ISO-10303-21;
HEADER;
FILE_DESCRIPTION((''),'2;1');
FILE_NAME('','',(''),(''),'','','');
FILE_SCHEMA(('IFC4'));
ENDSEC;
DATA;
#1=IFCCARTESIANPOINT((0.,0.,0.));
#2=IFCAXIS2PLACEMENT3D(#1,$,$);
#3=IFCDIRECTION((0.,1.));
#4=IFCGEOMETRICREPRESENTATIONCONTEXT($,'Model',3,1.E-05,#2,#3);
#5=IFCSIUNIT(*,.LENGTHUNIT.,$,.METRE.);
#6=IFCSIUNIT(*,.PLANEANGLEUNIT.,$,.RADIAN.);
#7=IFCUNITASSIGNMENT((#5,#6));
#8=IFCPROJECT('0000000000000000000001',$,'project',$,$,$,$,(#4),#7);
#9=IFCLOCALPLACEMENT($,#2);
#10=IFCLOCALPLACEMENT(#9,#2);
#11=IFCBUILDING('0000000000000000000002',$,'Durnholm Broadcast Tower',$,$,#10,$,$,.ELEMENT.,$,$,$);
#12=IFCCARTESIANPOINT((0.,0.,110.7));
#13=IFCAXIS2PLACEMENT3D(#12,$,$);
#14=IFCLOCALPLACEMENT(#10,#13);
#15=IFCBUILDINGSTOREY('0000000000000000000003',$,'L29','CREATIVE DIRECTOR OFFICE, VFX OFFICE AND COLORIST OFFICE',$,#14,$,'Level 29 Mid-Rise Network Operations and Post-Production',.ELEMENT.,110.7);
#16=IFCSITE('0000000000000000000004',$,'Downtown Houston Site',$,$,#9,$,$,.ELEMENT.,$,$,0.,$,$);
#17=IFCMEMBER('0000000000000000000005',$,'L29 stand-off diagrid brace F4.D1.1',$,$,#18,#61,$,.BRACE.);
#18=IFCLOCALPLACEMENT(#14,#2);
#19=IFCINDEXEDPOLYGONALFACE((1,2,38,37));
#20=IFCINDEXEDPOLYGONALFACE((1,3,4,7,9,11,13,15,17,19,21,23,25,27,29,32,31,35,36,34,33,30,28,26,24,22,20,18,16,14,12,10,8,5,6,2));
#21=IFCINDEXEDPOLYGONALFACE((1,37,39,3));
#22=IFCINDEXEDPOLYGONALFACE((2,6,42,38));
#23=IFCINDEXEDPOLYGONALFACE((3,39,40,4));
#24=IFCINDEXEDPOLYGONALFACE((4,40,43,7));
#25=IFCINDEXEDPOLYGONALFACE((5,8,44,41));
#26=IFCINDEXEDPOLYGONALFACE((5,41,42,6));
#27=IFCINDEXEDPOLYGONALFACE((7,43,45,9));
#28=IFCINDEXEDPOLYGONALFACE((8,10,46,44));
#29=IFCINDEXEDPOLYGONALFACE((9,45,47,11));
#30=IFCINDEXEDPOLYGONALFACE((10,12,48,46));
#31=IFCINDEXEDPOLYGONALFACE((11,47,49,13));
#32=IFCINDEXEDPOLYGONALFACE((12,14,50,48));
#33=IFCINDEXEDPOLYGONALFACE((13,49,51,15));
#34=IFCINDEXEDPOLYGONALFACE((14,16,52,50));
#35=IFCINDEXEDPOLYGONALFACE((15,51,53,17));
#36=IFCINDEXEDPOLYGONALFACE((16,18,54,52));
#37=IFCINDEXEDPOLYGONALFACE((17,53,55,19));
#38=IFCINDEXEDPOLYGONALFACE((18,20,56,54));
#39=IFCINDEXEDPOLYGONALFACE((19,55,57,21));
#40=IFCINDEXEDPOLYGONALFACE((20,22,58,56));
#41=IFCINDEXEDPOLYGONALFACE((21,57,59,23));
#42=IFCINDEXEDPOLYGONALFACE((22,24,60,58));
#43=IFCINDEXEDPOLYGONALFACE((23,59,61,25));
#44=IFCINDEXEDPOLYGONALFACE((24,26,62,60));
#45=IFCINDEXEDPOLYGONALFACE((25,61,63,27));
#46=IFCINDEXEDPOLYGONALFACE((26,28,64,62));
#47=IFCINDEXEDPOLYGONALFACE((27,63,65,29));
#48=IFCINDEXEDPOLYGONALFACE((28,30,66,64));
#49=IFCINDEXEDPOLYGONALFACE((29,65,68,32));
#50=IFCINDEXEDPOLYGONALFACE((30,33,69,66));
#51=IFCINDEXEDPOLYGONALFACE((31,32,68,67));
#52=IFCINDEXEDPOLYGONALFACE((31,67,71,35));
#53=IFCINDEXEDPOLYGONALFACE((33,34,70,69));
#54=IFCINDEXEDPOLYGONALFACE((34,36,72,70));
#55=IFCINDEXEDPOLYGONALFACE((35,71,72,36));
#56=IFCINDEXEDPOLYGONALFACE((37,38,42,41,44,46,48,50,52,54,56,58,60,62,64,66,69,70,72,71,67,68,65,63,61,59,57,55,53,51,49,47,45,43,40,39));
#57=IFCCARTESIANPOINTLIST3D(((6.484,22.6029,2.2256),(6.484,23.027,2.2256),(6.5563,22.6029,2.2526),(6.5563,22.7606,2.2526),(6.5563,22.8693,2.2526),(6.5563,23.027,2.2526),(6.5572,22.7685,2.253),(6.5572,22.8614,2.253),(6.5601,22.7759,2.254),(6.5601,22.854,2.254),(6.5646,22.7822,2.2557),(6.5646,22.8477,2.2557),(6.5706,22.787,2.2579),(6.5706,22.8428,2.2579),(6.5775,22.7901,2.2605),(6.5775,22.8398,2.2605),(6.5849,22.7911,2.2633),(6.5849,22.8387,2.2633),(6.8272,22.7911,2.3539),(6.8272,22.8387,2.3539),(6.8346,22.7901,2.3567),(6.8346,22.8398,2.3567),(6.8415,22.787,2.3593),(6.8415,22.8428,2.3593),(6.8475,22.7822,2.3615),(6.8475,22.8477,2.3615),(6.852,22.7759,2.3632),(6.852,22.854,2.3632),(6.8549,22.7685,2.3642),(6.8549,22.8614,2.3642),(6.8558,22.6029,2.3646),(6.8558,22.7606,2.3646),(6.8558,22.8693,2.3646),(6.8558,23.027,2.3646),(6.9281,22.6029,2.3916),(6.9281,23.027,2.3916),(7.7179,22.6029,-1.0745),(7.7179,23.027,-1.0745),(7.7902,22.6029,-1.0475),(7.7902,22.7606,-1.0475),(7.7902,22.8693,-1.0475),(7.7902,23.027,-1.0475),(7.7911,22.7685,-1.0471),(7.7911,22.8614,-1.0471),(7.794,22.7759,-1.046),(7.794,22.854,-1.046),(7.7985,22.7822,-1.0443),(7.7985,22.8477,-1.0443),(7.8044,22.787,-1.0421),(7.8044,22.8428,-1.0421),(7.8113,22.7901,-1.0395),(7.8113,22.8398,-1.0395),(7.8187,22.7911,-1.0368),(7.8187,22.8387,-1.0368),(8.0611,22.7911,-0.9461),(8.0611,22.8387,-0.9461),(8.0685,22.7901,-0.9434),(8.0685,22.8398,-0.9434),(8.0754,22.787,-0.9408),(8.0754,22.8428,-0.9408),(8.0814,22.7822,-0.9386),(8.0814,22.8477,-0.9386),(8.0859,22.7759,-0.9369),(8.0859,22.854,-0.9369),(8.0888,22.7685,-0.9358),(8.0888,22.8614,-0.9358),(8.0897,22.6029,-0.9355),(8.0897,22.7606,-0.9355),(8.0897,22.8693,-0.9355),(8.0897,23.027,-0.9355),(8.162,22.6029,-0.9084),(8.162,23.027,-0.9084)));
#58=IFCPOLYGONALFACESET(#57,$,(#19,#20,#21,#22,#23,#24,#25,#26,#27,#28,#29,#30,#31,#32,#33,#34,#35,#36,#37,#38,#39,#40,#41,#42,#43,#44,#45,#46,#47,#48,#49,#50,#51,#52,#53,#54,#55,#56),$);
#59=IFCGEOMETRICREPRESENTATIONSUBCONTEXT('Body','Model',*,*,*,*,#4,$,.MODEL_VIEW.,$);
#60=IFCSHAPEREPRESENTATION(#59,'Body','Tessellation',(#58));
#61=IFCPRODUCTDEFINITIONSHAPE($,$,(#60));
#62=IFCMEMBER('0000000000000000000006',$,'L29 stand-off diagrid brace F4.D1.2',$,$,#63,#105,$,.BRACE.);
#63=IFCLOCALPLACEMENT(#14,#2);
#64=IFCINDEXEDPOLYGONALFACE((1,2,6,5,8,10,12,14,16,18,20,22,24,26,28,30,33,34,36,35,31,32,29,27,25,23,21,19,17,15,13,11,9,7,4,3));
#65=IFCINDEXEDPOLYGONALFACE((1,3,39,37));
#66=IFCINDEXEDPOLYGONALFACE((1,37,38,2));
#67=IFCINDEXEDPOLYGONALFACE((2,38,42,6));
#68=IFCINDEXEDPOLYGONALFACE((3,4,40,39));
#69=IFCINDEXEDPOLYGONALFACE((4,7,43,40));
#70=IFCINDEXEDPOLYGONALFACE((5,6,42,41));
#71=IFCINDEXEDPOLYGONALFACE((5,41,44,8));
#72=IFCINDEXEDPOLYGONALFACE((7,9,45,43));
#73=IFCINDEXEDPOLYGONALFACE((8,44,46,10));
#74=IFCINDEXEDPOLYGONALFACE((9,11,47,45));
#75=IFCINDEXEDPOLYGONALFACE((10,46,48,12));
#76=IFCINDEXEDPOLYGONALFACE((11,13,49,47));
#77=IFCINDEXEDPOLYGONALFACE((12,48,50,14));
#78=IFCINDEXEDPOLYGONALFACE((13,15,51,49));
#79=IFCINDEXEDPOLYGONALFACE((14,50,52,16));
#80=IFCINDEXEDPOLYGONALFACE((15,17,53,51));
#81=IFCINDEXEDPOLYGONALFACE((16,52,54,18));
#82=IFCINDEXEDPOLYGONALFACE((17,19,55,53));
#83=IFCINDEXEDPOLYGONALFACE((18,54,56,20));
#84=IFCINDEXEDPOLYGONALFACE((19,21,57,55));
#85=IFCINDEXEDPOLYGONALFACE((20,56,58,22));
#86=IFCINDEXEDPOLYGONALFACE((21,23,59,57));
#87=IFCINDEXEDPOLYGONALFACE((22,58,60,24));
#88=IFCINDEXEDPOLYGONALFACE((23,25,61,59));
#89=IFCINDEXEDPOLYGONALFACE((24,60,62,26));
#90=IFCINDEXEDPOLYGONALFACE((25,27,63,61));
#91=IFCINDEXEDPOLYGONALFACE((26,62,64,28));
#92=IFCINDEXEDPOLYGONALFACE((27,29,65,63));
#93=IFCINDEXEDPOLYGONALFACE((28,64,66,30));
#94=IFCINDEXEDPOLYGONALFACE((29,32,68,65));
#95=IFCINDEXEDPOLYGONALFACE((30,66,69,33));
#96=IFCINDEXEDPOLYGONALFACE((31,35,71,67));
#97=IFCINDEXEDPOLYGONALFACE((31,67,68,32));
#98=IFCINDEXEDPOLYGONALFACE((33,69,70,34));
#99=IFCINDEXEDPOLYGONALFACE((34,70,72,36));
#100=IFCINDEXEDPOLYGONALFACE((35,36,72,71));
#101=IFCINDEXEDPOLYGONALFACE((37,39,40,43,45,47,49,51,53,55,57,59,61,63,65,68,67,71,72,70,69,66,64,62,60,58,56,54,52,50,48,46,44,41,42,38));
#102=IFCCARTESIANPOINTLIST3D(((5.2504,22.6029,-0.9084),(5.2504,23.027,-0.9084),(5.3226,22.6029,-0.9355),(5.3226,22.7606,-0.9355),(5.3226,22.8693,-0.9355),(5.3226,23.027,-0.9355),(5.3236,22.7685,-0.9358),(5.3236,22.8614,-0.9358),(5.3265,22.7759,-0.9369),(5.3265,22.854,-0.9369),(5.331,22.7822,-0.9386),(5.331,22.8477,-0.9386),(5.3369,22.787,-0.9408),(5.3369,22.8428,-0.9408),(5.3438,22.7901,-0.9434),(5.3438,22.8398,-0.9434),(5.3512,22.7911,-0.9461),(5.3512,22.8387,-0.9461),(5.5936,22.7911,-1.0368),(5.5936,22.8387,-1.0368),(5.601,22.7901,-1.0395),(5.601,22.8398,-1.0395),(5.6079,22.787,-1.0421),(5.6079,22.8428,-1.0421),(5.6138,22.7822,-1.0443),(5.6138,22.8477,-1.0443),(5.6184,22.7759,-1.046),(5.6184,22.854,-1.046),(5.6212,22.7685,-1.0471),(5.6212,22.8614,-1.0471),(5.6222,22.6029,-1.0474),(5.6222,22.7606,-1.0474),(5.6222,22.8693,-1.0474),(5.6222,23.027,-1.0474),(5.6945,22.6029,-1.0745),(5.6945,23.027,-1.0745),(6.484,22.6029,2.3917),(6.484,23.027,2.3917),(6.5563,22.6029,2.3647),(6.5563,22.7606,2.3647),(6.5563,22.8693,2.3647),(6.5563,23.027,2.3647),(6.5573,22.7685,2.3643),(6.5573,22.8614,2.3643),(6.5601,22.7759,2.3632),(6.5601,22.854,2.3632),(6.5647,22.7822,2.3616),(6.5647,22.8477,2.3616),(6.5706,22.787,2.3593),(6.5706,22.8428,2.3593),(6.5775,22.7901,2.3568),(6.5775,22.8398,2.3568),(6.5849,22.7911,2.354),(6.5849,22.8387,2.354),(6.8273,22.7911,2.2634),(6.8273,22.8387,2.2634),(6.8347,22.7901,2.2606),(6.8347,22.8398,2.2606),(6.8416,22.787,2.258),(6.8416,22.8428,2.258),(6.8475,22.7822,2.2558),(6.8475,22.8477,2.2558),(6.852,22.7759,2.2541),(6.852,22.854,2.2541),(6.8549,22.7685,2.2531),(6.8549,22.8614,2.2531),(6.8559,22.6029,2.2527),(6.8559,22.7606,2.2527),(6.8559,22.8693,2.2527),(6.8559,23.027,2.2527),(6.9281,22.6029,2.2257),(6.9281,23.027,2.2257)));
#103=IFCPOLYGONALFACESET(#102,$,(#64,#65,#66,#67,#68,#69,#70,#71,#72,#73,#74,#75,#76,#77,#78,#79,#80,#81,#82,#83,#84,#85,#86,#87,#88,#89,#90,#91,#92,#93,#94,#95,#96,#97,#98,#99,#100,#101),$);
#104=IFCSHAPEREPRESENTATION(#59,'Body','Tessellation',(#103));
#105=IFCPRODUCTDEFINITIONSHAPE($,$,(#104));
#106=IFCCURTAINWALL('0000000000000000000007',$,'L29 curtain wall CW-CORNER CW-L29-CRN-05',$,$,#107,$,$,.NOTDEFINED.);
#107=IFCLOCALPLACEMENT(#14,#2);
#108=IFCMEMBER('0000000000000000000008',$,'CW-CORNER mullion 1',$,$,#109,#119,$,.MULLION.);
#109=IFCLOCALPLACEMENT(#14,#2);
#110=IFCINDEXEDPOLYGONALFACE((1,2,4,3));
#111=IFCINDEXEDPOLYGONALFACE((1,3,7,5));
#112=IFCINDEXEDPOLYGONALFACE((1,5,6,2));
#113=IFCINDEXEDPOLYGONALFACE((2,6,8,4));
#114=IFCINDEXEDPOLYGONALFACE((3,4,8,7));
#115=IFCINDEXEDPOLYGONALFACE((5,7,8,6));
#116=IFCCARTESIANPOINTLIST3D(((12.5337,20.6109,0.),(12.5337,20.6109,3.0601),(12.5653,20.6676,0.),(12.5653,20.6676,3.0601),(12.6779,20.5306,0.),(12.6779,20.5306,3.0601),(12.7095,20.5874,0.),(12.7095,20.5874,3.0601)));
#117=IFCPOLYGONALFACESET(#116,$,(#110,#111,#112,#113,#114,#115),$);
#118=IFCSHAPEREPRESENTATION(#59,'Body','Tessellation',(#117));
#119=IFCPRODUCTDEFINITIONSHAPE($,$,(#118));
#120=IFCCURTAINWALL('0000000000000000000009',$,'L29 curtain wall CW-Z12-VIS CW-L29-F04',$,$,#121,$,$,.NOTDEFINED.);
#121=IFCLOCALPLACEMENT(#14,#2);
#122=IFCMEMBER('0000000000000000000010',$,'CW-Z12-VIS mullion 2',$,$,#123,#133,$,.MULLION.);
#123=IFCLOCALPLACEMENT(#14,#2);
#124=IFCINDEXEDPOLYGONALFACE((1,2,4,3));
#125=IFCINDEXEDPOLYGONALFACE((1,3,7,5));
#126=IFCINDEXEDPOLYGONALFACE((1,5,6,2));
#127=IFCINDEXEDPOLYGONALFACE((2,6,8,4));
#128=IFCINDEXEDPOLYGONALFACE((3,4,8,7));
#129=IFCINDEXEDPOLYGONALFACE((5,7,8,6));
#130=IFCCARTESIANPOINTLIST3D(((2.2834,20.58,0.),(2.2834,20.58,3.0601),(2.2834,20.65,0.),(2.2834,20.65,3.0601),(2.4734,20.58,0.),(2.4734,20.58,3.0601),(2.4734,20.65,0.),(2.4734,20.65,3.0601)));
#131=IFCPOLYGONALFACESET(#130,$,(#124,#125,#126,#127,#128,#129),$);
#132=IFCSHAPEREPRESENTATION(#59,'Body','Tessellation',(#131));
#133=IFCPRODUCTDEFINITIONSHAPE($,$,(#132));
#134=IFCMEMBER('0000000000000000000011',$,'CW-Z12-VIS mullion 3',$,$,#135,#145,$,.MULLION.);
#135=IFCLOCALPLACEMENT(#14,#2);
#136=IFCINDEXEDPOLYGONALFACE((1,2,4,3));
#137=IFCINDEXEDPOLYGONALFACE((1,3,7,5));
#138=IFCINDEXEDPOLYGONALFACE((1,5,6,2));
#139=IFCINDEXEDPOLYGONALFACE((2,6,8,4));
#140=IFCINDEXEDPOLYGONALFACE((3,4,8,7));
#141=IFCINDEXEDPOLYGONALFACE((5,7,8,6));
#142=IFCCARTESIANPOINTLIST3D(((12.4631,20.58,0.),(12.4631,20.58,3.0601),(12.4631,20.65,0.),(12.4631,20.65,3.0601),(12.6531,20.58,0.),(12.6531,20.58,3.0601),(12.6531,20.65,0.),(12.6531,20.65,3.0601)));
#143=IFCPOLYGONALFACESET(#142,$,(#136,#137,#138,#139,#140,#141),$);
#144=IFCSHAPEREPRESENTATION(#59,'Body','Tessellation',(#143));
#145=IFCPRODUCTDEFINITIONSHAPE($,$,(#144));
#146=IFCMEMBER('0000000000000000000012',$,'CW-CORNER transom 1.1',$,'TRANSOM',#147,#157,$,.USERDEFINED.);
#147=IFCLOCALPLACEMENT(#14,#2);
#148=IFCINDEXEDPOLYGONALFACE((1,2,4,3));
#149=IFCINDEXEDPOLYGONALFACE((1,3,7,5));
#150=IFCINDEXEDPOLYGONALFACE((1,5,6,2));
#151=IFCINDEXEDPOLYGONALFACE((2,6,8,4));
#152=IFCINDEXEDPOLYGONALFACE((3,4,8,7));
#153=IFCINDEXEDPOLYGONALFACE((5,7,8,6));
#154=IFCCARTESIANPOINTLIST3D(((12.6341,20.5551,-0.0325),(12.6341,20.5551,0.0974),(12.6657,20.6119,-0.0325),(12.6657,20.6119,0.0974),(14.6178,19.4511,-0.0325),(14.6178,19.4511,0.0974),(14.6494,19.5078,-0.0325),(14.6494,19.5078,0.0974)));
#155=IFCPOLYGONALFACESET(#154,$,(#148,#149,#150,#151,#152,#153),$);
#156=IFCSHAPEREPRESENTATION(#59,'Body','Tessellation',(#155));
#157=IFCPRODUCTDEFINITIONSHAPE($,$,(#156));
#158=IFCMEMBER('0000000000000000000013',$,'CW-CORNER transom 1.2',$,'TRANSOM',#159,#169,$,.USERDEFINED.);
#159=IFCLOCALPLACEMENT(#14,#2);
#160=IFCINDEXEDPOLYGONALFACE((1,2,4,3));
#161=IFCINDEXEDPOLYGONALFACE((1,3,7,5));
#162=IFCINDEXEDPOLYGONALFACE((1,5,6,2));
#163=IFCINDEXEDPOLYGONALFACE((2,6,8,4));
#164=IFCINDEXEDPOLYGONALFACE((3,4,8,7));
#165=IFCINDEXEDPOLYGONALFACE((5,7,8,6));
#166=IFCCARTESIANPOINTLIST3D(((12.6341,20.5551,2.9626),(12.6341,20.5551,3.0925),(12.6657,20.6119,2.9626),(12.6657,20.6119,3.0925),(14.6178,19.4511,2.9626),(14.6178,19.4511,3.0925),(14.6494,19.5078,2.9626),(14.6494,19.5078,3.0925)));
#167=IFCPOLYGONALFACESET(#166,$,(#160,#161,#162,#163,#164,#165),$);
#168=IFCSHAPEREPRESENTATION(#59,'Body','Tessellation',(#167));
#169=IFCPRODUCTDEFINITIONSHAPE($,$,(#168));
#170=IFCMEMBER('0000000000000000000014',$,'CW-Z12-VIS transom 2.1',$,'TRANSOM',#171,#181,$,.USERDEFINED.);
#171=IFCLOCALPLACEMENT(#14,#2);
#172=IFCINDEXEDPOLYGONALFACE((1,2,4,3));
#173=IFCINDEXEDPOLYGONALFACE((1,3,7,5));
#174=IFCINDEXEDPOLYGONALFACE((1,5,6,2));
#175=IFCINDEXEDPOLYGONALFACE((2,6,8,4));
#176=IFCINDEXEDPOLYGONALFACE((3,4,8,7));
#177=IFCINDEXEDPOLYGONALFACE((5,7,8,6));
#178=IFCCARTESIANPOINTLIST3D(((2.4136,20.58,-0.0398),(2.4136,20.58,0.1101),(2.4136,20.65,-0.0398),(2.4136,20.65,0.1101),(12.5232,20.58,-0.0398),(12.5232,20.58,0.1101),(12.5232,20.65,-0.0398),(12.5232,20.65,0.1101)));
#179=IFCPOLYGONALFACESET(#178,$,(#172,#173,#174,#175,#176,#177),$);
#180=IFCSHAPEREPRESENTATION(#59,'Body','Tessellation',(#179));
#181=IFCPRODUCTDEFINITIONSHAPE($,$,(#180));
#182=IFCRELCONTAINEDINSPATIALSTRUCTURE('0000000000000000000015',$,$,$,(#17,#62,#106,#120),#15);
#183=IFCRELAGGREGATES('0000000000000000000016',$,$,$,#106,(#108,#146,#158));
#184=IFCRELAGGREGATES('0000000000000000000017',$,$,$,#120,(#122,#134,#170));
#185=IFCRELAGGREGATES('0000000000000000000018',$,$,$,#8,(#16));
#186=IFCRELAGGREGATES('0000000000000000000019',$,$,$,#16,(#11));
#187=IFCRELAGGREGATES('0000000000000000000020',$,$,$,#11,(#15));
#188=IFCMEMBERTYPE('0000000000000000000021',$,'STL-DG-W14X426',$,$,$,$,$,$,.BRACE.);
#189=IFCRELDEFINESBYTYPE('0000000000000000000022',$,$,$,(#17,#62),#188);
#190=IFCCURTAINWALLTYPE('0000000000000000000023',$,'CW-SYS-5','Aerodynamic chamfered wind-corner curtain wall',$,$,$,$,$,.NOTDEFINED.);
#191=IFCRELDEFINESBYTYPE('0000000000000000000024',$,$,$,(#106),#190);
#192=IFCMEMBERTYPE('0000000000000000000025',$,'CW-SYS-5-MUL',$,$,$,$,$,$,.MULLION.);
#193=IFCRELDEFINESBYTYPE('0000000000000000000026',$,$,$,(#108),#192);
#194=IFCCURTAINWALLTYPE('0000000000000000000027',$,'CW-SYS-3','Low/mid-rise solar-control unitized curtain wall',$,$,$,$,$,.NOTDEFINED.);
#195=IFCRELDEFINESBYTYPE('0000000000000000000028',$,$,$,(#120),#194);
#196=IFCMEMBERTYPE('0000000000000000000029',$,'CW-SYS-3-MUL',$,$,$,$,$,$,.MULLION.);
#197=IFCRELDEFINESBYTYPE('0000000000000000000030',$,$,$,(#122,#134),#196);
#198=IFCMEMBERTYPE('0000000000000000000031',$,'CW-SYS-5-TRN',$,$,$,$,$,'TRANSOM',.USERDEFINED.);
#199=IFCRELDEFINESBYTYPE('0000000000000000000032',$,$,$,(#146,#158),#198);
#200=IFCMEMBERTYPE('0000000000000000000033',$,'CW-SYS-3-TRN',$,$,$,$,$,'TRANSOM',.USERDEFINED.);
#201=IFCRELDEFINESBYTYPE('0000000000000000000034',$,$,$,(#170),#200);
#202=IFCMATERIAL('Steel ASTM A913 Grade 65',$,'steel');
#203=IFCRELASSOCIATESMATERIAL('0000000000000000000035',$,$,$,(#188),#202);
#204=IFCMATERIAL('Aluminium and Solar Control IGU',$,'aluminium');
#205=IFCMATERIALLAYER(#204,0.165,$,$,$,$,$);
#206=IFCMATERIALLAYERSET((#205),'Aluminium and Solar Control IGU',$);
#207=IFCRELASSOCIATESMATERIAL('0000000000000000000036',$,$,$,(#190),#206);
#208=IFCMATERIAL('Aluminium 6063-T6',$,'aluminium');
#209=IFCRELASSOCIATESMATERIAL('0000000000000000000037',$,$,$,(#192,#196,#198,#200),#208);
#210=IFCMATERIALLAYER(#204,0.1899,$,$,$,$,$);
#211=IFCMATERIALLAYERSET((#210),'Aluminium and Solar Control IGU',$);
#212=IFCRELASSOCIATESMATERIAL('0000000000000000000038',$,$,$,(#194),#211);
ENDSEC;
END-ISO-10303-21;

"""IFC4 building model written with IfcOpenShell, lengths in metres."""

from ifc_helpers import new_model, si_unit, direction, frame, origin, origin_2d, place, context, subcontext, project, spatial, rectangle, i_section, extrude, source, transform, mapped, material, layer, layer_set, material_profile, profile_set, type_object, type_shapes, element, aggregate, save


model = new_model("IFC4")

# Units and contexts
model_context = context("Model", 3, precision=1e-05, world=origin(), true_north=direction((0.0, 1.0)))
body_context = subcontext(model_context, "Body", "Model", "MODEL_VIEW")
ifc_project = project(units=[si_unit("LENGTHUNIT", "METRE"), si_unit("PLANEANGLEUNIT", "RADIAN")], contexts=[model_context])

# Site, building, storey
site_placement = place(None, origin())
site = spatial("IfcSite", under=ifc_project, at=site_placement, Name="Downtown Houston Site", CompositionType="ELEMENT", RefElevation=0.0)
building_placement = place(site_placement, origin())
building = spatial("IfcBuilding", under=site, at=building_placement, Name="Durnholm Broadcast Tower", CompositionType="ELEMENT")
storey_placement = place(building_placement, frame((0.0, 0.0, 110.7)))
storey = spatial("IfcBuildingStorey", under=building, at=storey_placement, Name="L29", Description="CREATIVE DIRECTOR OFFICE, VFX OFFICE AND COLORIST OFFICE", LongName="Level 29 Mid-Rise Network Operations and Post-Production", CompositionType="ELEMENT", Elevation=110.7)

# Members
ifc_material_1 = material(Name="Steel ASTM A913 Grade 65", Category="steel")
ifc_material_profile_1 = material_profile(ifc_material_1, i_section(OverallWidth=0.4241, OverallDepth=0.4741, WebThickness=0.0476, FlangeThickness=0.0771, FilletRadius=0.0305, at=origin_2d()), Name="W14X426")
ifc_profile_set_1 = profile_set([ifc_material_profile_1], Name="Steel ASTM A913 Grade 65")
member_type_1 = type_object("IfcMemberType", Name="STL-DG-W14X426", PredefinedType="BRACE", material=ifc_profile_set_1)
shared_shape_1 = source(origin(), body_context, "Body", "SweptSolid", [
    extrude(i_section(OverallWidth=0.4241, OverallDepth=0.4741, WebThickness=0.0476, FlangeThickness=0.0771, FilletRadius=0.0305, at=origin_2d()), origin(), (0.0, 0.0, 1.0), 3.5232),
])
type_shapes(member_type_1, [shared_shape_1])
for number, where, z_axis, x_axis, name in (
    (1, (7.9399, 22.8149, -0.9915), (-0.35022, 0.0, 0.936668), (0.0, -1.0, 0.0), "L29 stand-off diagrid brace F4.D1.1"),
    (2, (5.4724, 22.8149, -0.9915), (0.350159, 0.0, 0.93669), (0.0, 1.0, 0.0), "L29 stand-off diagrid brace F4.D1.2"),
):
    element("IfcMember", number, at=place(storey_placement, frame(where, z_axis=z_axis, x_axis=x_axis)), inside=storey, type_object=member_type_1, Name=name, PredefinedType="BRACE", context=body_context, shape_type="MappedRepresentation", body=[
        mapped(shared_shape_1, transform((0.0, 0.0, 0.0), x_axis=(1.0, 0.0, 0.0), y_axis=(0.0, 1.0, 0.0), z_axis=(0.0, 0.0, 1.0), scale=1.0)),
    ])

# Curtain wall, member
ifc_material_2 = material(Name="Aluminium and Solar Control IGU", Category="aluminium")
ifc_layer_1 = layer(ifc_material_2, 0.165)
ifc_layer_set_1 = layer_set([ifc_layer_1], Name="Aluminium and Solar Control IGU")
curtain_wall_type_1 = type_object("IfcCurtainWallType", Name="CW-SYS-5", Description="Aerodynamic chamfered wind-corner curtain wall", PredefinedType="NOTDEFINED", material=ifc_layer_set_1)
curtain_wall_1_placement = place(storey_placement, origin())
curtain_wall_1 = element("IfcCurtainWall", 3, at=curtain_wall_1_placement, inside=storey, type_object=curtain_wall_type_1, Name="L29 curtain wall CW-CORNER CW-L29-CRN-05", PredefinedType="NOTDEFINED")
ifc_material_3 = material(Name="Aluminium 6063-T6", Category="aluminium")
ifc_material_profile_2 = material_profile(ifc_material_3, rectangle(XDim=0.0649, YDim=0.165, at=origin_2d()), Name="CWM65X165")
ifc_profile_set_2 = profile_set([ifc_material_profile_2], Name="Aluminium 6063-T6")
member_type_2 = type_object("IfcMemberType", Name="CW-SYS-5-MUL", PredefinedType="MULLION", material=ifc_profile_set_2)
shared_shape_2 = source(origin(), body_context, "Body", "SweptSolid", [
    extrude(rectangle(XDim=0.0649, YDim=0.165, at=origin_2d()), origin(), (0.0, 0.0, 1.0), 3.0601),
])
type_shapes(member_type_2, [shared_shape_2])
member_1_placement = place(storey_placement, frame((12.6216, 20.5991, 0.0), z_axis=(0.0, 0.0, 1.0), x_axis=(0.486244, 0.873823, 0.0)))
member_1 = element("IfcMember", 4, at=member_1_placement, type_object=member_type_2, Name="CW-CORNER mullion 1", PredefinedType="MULLION", context=body_context, shape_type="MappedRepresentation", body=[
    mapped(shared_shape_2, transform((0.0, 0.0, 0.0), x_axis=(1.0, 0.0, 0.0), y_axis=(0.0, 1.0, 0.0), z_axis=(0.0, 0.0, 1.0), scale=1.0)),
])

# Curtain wall, members
ifc_layer_2 = layer(ifc_material_2, 0.1899)
ifc_layer_set_2 = layer_set([ifc_layer_2], Name="Aluminium and Solar Control IGU")
curtain_wall_type_2 = type_object("IfcCurtainWallType", Name="CW-SYS-3", Description="Low/mid-rise solar-control unitized curtain wall", PredefinedType="NOTDEFINED", material=ifc_layer_set_2)
curtain_wall_2_placement = place(storey_placement, origin())
curtain_wall_2 = element("IfcCurtainWall", 5, at=curtain_wall_2_placement, inside=storey, type_object=curtain_wall_type_2, Name="L29 curtain wall CW-Z12-VIS CW-L29-F04", PredefinedType="NOTDEFINED")
ifc_material_profile_3 = material_profile(ifc_material_3, rectangle(XDim=0.0701, YDim=0.1899, at=origin_2d()), Name="CWM70X190")
ifc_profile_set_3 = profile_set([ifc_material_profile_3], Name="Aluminium 6063-T6")
member_type_3 = type_object("IfcMemberType", Name="CW-SYS-3-MUL", PredefinedType="MULLION", material=ifc_profile_set_3)
shared_shape_3 = source(origin(), body_context, "Body", "SweptSolid", [
    extrude(rectangle(XDim=0.0701, YDim=0.1899, at=origin_2d()), origin(), (0.0, 0.0, 1.0), 3.0601),
])
type_shapes(member_type_3, [shared_shape_3])
member_2_placement = place(storey_placement, frame((2.3784, 20.615, 0.0), z_axis=(0.0, 0.0, 1.0), x_axis=(0.0, 1.0, 0.0)))
member_2 = element("IfcMember", 6, at=member_2_placement, type_object=member_type_3, Name="CW-Z12-VIS mullion 2", PredefinedType="MULLION", context=body_context, shape_type="MappedRepresentation", body=[
    mapped(shared_shape_3, transform((0.0, 0.0, 0.0), x_axis=(1.0, 0.0, 0.0), y_axis=(0.0, 1.0, 0.0), z_axis=(0.0, 0.0, 1.0), scale=1.0)),
])
member_3_placement = place(storey_placement, frame((12.5581, 20.615, 0.0), z_axis=(0.0, 0.0, 1.0), x_axis=(0.0, 1.0, 0.0)))
member_3 = element("IfcMember", 7, at=member_3_placement, type_object=member_type_3, Name="CW-Z12-VIS mullion 3", PredefinedType="MULLION", context=body_context, shape_type="MappedRepresentation", body=[
    mapped(shared_shape_3, transform((0.0, 0.0, 0.0), x_axis=(1.0, 0.0, 0.0), y_axis=(0.0, 1.0, 0.0), z_axis=(0.0, 0.0, 1.0), scale=1.0)),
])

# Members
ifc_material_profile_4 = material_profile(ifc_material_3, rectangle(XDim=0.0649, YDim=0.1299, at=origin_2d()), Name="CWT65X130")
ifc_profile_set_4 = profile_set([ifc_material_profile_4], Name="Aluminium 6063-T6")
member_type_4 = type_object("IfcMemberType", Name="CW-SYS-5-TRN", ElementType="TRANSOM", PredefinedType="USERDEFINED", material=ifc_profile_set_4)
shared_shape_4 = source(origin(), body_context, "Body", "SweptSolid", [
    extrude(rectangle(XDim=0.0649, YDim=0.1299, at=origin_2d()), origin(), (0.0, 0.0, 1.0), 2.2703),
])
type_shapes(member_type_4, [shared_shape_4])
member_4_placement = place(storey_placement, frame((12.6499, 20.5835, 0.0325), z_axis=(0.873787, -0.486309, 0.0), x_axis=(0.486309, 0.873787, 0.0)))
member_4 = element("IfcMember", 8, at=member_4_placement, type_object=member_type_4, Name="CW-CORNER transom 1.1", ObjectType="TRANSOM", PredefinedType="USERDEFINED", context=body_context, shape_type="MappedRepresentation", body=[
    mapped(shared_shape_4, transform((0.0, 0.0, 0.0), x_axis=(1.0, 0.0, 0.0), y_axis=(0.0, 1.0, 0.0), z_axis=(0.0, 0.0, 1.0), scale=1.0)),
])
member_5_placement = place(storey_placement, frame((12.6499, 20.5835, 3.0276), z_axis=(0.873787, -0.486309, 0.0), x_axis=(0.486309, 0.873787, 0.0)))
member_5 = element("IfcMember", 9, at=member_5_placement, type_object=member_type_4, Name="CW-CORNER transom 1.2", ObjectType="TRANSOM", PredefinedType="USERDEFINED", context=body_context, shape_type="MappedRepresentation", body=[
    mapped(shared_shape_4, transform((0.0, 0.0, 0.0), x_axis=(1.0, 0.0, 0.0), y_axis=(0.0, 1.0, 0.0), z_axis=(0.0, 0.0, 1.0), scale=1.0)),
])
aggregate(curtain_wall_1, [member_1, member_4, member_5])
ifc_material_profile_5 = material_profile(ifc_material_3, rectangle(XDim=0.0701, YDim=0.1499, at=origin_2d()), Name="CWT70X150")
ifc_profile_set_5 = profile_set([ifc_material_profile_5], Name="Aluminium 6063-T6")
member_type_5 = type_object("IfcMemberType", Name="CW-SYS-3-TRN", ElementType="TRANSOM", PredefinedType="USERDEFINED", material=ifc_profile_set_5)
shared_shape_5 = source(origin(), body_context, "Body", "SweptSolid", [
    extrude(rectangle(XDim=0.0701, YDim=0.1499, at=origin_2d()), origin(), (0.0, 0.0, 1.0), 10.1096),
])
type_shapes(member_type_5, [shared_shape_5])
member_6_placement = place(storey_placement, frame((2.4136, 20.615, 0.0352), z_axis=(1.0, 0.0, 0.0), x_axis=(0.0, 1.0, 0.0)))
member_6 = element("IfcMember", 10, at=member_6_placement, type_object=member_type_5, Name="CW-Z12-VIS transom 2.1", ObjectType="TRANSOM", PredefinedType="USERDEFINED", context=body_context, shape_type="MappedRepresentation", body=[
    mapped(shared_shape_5, transform((0.0, 0.0, 0.0), x_axis=(1.0, 0.0, 0.0), y_axis=(0.0, 1.0, 0.0), z_axis=(0.0, 0.0, 1.0), scale=1.0)),
])

aggregate(curtain_wall_2, [member_2, member_3, member_6])

save(model, "model.ifc")
